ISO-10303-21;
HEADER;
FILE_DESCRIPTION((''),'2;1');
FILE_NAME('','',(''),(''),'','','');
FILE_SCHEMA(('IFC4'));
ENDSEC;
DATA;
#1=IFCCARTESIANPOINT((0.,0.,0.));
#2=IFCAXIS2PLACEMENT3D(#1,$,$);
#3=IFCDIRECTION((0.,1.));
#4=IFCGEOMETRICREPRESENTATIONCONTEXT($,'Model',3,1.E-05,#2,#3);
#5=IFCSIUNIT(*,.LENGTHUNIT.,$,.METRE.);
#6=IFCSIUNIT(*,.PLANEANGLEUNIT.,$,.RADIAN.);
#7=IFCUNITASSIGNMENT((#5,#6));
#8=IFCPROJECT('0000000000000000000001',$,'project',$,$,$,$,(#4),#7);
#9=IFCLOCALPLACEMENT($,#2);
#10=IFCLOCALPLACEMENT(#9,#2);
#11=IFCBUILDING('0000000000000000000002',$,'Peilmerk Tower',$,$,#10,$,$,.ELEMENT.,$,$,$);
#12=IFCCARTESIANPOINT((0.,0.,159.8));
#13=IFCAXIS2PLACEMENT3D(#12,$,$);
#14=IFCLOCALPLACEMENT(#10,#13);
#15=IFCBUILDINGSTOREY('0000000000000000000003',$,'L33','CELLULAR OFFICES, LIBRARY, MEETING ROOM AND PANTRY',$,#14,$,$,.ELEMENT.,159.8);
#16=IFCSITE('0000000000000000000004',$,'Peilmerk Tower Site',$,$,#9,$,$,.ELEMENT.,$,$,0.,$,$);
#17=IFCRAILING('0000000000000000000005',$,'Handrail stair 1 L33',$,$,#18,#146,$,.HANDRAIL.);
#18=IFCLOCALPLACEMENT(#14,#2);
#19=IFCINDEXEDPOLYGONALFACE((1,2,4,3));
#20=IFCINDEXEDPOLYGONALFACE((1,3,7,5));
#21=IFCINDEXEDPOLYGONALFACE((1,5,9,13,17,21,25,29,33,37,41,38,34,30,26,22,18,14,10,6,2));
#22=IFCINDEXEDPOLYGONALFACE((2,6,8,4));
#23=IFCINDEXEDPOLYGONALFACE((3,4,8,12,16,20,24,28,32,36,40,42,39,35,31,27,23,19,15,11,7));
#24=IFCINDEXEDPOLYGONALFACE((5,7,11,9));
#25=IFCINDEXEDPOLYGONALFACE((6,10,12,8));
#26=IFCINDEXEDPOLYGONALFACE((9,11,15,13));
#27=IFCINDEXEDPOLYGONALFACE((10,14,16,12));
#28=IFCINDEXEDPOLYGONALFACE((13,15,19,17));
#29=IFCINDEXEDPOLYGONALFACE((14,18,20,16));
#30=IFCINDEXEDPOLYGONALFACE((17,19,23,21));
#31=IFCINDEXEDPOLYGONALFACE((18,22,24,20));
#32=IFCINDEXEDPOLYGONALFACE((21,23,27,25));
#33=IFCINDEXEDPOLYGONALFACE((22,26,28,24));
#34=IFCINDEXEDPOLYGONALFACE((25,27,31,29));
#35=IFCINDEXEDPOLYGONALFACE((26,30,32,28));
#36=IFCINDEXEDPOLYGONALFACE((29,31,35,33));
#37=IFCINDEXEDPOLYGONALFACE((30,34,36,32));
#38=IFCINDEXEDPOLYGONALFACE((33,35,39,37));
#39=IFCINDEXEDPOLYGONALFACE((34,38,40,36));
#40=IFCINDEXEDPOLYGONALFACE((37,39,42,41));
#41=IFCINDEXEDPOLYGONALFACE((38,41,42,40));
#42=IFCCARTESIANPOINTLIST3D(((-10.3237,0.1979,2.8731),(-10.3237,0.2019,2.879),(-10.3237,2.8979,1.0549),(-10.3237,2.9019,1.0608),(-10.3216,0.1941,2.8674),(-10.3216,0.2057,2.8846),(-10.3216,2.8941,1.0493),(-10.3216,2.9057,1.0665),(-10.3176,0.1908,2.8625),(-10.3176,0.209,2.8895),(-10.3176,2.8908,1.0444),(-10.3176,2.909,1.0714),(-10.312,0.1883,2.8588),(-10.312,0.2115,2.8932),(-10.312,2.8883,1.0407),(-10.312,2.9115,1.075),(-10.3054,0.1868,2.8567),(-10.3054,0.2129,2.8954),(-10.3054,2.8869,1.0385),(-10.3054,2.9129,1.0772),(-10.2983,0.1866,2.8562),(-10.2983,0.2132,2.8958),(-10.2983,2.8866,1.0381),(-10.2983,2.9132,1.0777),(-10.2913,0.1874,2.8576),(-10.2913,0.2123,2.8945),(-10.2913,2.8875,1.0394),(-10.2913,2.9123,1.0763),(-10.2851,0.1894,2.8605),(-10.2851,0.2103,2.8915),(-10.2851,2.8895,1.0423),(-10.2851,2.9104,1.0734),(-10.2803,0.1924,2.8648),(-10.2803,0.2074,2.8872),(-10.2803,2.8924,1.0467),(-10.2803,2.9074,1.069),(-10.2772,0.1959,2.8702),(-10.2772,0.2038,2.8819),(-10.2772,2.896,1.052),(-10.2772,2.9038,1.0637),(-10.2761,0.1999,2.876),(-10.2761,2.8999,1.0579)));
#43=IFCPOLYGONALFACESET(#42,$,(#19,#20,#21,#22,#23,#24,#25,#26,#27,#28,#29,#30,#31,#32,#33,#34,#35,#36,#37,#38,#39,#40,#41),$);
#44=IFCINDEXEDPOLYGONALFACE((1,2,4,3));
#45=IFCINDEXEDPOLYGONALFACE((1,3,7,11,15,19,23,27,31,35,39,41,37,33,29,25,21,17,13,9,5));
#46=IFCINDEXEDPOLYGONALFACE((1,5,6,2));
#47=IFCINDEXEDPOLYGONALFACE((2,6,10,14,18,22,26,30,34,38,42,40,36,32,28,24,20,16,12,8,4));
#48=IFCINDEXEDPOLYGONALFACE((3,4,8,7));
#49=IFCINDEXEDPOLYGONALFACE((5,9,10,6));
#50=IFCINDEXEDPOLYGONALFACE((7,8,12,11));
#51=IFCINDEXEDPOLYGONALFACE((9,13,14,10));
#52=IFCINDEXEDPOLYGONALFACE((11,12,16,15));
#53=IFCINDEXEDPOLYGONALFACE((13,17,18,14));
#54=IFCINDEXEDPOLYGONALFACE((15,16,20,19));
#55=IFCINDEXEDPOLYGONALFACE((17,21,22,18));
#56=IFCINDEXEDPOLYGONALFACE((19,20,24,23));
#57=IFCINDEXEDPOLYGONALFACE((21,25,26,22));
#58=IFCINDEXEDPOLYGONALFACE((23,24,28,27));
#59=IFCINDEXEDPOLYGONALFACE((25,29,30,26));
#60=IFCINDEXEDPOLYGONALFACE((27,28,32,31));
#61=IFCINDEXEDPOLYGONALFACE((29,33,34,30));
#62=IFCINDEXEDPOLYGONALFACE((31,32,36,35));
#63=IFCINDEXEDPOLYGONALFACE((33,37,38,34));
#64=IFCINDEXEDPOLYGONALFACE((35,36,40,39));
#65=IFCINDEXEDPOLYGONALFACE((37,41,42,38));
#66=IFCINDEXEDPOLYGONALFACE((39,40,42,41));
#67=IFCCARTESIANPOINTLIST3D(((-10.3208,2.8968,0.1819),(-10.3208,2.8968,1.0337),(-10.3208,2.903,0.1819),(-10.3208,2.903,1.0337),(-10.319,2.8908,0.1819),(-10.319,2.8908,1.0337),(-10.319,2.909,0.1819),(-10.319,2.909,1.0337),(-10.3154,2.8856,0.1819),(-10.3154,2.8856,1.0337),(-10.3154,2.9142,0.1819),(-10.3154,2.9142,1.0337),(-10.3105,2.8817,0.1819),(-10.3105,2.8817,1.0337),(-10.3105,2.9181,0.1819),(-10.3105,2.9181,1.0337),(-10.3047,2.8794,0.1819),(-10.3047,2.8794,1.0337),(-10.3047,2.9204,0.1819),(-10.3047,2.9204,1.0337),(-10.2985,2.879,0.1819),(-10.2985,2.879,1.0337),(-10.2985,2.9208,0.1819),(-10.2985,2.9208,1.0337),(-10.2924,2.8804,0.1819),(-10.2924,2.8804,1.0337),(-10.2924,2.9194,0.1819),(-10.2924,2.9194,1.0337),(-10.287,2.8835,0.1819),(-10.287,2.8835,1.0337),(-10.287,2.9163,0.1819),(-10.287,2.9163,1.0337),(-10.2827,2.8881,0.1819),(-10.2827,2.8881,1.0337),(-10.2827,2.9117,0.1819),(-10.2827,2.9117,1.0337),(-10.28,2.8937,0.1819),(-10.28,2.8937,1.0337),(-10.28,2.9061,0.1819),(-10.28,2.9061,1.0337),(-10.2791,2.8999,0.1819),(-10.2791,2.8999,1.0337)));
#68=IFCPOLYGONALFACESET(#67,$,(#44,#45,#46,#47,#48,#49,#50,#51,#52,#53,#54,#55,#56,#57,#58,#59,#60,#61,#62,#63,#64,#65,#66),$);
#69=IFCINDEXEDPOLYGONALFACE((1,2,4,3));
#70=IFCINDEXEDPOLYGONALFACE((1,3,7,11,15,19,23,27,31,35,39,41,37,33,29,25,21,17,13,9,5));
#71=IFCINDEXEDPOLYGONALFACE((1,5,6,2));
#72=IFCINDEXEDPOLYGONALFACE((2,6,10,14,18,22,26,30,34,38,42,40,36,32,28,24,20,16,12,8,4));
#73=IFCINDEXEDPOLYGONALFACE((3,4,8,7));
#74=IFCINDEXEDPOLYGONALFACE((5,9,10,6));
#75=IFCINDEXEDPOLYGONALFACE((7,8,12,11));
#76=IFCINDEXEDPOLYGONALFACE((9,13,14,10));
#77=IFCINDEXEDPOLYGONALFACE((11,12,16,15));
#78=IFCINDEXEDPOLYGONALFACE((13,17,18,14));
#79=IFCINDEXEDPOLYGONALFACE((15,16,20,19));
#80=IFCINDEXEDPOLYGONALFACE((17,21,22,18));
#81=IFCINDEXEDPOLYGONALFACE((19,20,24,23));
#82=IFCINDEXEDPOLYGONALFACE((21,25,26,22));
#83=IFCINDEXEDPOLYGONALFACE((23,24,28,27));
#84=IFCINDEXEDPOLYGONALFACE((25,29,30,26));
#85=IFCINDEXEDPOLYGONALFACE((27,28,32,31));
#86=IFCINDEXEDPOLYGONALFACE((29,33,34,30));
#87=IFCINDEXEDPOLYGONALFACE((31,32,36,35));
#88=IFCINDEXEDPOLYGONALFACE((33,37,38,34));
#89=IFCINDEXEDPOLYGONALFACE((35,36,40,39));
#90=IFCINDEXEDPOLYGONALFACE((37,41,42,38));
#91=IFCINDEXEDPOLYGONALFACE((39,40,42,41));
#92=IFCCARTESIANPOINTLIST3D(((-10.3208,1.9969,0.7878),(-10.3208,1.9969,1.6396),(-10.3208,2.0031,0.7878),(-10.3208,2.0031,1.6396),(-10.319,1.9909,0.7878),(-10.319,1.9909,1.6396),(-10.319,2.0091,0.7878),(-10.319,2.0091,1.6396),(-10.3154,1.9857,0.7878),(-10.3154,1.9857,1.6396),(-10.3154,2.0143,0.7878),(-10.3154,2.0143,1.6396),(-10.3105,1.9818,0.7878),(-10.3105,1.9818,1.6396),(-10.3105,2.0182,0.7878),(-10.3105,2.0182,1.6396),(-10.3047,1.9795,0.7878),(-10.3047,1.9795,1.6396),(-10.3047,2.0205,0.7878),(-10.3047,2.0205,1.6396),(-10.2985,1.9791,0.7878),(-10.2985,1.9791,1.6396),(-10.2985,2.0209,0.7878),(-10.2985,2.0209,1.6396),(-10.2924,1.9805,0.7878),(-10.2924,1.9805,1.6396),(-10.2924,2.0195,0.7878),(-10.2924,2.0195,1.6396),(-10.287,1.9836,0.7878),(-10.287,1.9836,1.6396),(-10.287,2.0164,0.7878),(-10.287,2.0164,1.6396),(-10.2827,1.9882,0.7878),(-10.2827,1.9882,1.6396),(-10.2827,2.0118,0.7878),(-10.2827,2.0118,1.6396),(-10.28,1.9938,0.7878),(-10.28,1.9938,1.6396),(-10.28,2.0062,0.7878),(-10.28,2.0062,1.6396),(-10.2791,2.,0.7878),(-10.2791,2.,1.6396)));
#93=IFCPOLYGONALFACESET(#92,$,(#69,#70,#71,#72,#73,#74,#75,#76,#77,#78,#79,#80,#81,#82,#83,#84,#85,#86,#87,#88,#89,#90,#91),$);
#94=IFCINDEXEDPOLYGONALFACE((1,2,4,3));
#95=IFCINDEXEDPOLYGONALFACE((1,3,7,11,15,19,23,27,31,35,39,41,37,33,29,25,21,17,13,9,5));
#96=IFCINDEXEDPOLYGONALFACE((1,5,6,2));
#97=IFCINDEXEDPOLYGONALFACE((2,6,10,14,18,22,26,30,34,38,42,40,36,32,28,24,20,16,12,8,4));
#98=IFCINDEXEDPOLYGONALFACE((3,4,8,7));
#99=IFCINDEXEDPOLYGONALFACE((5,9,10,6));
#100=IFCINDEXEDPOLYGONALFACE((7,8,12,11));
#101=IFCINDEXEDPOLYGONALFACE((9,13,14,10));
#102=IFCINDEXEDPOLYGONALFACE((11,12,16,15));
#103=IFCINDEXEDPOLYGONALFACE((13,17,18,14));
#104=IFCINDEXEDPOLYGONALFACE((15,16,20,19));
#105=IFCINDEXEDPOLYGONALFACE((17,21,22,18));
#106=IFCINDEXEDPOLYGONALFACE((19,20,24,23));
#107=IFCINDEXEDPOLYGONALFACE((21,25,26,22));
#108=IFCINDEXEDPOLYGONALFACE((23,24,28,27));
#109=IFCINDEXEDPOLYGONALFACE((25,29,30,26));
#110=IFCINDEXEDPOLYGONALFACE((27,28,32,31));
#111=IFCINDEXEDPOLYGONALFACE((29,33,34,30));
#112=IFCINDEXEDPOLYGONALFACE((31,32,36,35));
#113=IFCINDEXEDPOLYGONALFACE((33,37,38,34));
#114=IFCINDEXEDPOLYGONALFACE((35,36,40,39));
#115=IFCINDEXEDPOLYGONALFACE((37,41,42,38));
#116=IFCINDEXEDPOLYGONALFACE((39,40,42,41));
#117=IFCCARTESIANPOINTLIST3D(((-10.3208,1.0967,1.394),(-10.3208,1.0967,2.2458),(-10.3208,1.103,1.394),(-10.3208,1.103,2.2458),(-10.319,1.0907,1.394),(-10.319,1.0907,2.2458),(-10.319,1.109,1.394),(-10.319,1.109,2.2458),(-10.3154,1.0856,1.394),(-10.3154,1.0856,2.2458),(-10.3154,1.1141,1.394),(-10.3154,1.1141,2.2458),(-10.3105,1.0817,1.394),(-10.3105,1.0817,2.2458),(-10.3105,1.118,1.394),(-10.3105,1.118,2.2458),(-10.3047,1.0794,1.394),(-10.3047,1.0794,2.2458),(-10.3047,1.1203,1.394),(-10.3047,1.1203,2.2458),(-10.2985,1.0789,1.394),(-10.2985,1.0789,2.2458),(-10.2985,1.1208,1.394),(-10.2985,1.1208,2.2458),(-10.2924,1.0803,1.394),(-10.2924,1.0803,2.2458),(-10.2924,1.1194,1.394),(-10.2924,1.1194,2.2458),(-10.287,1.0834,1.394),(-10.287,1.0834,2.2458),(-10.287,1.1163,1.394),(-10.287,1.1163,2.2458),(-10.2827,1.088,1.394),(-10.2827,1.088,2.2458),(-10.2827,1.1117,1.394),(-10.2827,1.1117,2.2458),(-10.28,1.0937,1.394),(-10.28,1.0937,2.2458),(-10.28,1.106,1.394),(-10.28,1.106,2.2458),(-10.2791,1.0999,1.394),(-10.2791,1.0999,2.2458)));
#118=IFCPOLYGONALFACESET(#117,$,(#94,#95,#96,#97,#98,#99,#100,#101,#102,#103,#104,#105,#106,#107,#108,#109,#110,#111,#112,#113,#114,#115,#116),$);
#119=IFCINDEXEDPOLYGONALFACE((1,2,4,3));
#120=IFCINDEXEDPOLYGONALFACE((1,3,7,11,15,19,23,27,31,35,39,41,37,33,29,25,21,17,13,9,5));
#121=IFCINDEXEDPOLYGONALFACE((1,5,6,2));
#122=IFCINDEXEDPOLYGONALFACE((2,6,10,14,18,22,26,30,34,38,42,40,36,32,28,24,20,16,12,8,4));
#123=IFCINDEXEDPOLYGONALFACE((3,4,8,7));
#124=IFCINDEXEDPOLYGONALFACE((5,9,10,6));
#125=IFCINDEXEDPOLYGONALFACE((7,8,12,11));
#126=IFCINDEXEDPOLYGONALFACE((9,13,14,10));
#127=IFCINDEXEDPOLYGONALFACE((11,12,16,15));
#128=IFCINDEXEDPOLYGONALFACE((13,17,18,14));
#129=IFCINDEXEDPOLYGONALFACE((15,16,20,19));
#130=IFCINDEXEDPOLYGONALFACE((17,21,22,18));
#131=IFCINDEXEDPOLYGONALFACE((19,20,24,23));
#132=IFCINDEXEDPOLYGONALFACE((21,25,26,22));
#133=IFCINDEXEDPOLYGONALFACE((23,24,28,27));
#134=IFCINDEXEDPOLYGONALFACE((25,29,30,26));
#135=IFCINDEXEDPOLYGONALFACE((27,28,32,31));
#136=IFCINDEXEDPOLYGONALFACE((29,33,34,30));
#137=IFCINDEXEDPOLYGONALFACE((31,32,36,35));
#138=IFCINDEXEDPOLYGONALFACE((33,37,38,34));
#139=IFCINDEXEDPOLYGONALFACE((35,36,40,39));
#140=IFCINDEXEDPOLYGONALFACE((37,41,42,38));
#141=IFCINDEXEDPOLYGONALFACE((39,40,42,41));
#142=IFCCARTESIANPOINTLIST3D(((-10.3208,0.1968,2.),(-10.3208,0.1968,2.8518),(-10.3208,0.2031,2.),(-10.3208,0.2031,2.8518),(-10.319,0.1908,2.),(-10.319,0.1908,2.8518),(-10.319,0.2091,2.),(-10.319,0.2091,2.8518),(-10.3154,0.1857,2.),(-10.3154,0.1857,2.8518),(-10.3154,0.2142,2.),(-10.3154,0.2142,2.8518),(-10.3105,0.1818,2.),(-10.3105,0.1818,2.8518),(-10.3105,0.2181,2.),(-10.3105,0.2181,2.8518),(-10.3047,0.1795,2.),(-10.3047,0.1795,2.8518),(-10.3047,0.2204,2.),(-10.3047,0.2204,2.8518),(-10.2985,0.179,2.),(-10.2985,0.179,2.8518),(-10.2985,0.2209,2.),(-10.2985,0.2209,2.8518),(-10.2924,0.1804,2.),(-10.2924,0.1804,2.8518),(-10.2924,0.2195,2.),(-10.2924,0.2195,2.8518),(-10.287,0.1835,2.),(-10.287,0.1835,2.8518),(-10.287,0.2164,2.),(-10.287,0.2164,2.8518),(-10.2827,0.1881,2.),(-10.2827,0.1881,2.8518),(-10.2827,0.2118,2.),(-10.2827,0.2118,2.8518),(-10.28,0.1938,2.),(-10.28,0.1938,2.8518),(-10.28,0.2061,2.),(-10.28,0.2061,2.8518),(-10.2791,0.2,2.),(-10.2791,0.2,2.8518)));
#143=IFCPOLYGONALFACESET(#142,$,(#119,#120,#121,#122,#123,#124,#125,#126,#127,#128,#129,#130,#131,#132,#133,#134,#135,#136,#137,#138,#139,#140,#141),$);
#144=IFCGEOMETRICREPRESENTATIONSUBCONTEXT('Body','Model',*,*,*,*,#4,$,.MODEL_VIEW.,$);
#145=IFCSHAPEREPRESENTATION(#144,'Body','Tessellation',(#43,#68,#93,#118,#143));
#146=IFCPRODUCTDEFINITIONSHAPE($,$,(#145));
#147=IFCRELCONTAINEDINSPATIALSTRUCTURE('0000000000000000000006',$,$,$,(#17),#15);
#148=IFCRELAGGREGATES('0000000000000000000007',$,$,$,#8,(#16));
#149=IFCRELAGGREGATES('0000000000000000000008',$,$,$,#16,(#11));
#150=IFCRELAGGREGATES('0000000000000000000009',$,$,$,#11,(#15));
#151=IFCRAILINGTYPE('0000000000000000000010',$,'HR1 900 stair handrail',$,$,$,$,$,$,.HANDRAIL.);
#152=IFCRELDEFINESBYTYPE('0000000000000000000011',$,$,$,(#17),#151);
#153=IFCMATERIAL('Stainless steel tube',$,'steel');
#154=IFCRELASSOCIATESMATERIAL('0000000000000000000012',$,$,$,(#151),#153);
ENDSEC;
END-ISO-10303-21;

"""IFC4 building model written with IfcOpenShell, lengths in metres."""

from ifc_helpers import new_model, si_unit, direction, frame, origin, origin_2d, place, context, subcontext, project, spatial, circle, extrude, material, type_object, element, save


model = new_model("IFC4")

# Units and contexts
model_context = context("Model", 3, precision=1e-05, world=origin(), true_north=direction((0.0, 1.0)))
body_context = subcontext(model_context, "Body", "Model", "MODEL_VIEW")
ifc_project = project(units=[si_unit("LENGTHUNIT", "METRE"), si_unit("PLANEANGLEUNIT", "RADIAN")], contexts=[model_context])

# Site, building, storey
site_placement = place(None, origin())
site = spatial("IfcSite", under=ifc_project, at=site_placement, Name="Peilmerk Tower Site", CompositionType="ELEMENT", RefElevation=0.0)
building_placement = place(site_placement, origin())
building = spatial("IfcBuilding", under=site, at=building_placement, Name="Peilmerk Tower", CompositionType="ELEMENT")
storey_placement = place(building_placement, frame((0.0, 0.0, 159.8)))
storey = spatial("IfcBuildingStorey", under=building, at=storey_placement, Name="L33", Description="CELLULAR OFFICES, LIBRARY, MEETING ROOM AND PANTRY", CompositionType="ELEMENT", Elevation=159.8)

# Railing
ifc_material_1 = material(Name="Stainless steel tube", Category="steel")
railing_type_1 = type_object("IfcRailingType", Name="HR1 900 stair handrail", PredefinedType="HANDRAIL", material=ifc_material_1)
railing_1_placement = place(storey_placement, frame((-10.3, 2.8999, 0.1819)))
element("IfcRailing", 1, at=railing_1_placement, inside=storey, type_object=railing_type_1, Name="Handrail stair 1 L33", PredefinedType="HANDRAIL", context=body_context, shape_type="SweptSolid", body=[
    extrude(circle(Radius=0.0239, at=origin_2d()), frame((0.0, 0.0, 0.876), z_axis=(0.0, -0.829468, 0.558554), x_axis=(1.0, 0.0, 0.0)), (0.0, 0.0, 1.0), 3.2551),
    extrude(circle(Radius=0.021, at=origin_2d()), origin(), (0.0, 0.0, 1.0), 0.8518),
    extrude(circle(Radius=0.021, at=origin_2d()), frame((0.0, -0.8999, 0.606)), (0.0, 0.0, 1.0), 0.8518),
    extrude(circle(Radius=0.021, at=origin_2d()), frame((0.0, -1.8, 1.2122)), (0.0, 0.0, 1.0), 0.8518),
    extrude(circle(Radius=0.021, at=origin_2d()), frame((0.0, -2.7, 1.8181)), (0.0, 0.0, 1.0), 0.8518),
])

save(model, "model.ifc")
